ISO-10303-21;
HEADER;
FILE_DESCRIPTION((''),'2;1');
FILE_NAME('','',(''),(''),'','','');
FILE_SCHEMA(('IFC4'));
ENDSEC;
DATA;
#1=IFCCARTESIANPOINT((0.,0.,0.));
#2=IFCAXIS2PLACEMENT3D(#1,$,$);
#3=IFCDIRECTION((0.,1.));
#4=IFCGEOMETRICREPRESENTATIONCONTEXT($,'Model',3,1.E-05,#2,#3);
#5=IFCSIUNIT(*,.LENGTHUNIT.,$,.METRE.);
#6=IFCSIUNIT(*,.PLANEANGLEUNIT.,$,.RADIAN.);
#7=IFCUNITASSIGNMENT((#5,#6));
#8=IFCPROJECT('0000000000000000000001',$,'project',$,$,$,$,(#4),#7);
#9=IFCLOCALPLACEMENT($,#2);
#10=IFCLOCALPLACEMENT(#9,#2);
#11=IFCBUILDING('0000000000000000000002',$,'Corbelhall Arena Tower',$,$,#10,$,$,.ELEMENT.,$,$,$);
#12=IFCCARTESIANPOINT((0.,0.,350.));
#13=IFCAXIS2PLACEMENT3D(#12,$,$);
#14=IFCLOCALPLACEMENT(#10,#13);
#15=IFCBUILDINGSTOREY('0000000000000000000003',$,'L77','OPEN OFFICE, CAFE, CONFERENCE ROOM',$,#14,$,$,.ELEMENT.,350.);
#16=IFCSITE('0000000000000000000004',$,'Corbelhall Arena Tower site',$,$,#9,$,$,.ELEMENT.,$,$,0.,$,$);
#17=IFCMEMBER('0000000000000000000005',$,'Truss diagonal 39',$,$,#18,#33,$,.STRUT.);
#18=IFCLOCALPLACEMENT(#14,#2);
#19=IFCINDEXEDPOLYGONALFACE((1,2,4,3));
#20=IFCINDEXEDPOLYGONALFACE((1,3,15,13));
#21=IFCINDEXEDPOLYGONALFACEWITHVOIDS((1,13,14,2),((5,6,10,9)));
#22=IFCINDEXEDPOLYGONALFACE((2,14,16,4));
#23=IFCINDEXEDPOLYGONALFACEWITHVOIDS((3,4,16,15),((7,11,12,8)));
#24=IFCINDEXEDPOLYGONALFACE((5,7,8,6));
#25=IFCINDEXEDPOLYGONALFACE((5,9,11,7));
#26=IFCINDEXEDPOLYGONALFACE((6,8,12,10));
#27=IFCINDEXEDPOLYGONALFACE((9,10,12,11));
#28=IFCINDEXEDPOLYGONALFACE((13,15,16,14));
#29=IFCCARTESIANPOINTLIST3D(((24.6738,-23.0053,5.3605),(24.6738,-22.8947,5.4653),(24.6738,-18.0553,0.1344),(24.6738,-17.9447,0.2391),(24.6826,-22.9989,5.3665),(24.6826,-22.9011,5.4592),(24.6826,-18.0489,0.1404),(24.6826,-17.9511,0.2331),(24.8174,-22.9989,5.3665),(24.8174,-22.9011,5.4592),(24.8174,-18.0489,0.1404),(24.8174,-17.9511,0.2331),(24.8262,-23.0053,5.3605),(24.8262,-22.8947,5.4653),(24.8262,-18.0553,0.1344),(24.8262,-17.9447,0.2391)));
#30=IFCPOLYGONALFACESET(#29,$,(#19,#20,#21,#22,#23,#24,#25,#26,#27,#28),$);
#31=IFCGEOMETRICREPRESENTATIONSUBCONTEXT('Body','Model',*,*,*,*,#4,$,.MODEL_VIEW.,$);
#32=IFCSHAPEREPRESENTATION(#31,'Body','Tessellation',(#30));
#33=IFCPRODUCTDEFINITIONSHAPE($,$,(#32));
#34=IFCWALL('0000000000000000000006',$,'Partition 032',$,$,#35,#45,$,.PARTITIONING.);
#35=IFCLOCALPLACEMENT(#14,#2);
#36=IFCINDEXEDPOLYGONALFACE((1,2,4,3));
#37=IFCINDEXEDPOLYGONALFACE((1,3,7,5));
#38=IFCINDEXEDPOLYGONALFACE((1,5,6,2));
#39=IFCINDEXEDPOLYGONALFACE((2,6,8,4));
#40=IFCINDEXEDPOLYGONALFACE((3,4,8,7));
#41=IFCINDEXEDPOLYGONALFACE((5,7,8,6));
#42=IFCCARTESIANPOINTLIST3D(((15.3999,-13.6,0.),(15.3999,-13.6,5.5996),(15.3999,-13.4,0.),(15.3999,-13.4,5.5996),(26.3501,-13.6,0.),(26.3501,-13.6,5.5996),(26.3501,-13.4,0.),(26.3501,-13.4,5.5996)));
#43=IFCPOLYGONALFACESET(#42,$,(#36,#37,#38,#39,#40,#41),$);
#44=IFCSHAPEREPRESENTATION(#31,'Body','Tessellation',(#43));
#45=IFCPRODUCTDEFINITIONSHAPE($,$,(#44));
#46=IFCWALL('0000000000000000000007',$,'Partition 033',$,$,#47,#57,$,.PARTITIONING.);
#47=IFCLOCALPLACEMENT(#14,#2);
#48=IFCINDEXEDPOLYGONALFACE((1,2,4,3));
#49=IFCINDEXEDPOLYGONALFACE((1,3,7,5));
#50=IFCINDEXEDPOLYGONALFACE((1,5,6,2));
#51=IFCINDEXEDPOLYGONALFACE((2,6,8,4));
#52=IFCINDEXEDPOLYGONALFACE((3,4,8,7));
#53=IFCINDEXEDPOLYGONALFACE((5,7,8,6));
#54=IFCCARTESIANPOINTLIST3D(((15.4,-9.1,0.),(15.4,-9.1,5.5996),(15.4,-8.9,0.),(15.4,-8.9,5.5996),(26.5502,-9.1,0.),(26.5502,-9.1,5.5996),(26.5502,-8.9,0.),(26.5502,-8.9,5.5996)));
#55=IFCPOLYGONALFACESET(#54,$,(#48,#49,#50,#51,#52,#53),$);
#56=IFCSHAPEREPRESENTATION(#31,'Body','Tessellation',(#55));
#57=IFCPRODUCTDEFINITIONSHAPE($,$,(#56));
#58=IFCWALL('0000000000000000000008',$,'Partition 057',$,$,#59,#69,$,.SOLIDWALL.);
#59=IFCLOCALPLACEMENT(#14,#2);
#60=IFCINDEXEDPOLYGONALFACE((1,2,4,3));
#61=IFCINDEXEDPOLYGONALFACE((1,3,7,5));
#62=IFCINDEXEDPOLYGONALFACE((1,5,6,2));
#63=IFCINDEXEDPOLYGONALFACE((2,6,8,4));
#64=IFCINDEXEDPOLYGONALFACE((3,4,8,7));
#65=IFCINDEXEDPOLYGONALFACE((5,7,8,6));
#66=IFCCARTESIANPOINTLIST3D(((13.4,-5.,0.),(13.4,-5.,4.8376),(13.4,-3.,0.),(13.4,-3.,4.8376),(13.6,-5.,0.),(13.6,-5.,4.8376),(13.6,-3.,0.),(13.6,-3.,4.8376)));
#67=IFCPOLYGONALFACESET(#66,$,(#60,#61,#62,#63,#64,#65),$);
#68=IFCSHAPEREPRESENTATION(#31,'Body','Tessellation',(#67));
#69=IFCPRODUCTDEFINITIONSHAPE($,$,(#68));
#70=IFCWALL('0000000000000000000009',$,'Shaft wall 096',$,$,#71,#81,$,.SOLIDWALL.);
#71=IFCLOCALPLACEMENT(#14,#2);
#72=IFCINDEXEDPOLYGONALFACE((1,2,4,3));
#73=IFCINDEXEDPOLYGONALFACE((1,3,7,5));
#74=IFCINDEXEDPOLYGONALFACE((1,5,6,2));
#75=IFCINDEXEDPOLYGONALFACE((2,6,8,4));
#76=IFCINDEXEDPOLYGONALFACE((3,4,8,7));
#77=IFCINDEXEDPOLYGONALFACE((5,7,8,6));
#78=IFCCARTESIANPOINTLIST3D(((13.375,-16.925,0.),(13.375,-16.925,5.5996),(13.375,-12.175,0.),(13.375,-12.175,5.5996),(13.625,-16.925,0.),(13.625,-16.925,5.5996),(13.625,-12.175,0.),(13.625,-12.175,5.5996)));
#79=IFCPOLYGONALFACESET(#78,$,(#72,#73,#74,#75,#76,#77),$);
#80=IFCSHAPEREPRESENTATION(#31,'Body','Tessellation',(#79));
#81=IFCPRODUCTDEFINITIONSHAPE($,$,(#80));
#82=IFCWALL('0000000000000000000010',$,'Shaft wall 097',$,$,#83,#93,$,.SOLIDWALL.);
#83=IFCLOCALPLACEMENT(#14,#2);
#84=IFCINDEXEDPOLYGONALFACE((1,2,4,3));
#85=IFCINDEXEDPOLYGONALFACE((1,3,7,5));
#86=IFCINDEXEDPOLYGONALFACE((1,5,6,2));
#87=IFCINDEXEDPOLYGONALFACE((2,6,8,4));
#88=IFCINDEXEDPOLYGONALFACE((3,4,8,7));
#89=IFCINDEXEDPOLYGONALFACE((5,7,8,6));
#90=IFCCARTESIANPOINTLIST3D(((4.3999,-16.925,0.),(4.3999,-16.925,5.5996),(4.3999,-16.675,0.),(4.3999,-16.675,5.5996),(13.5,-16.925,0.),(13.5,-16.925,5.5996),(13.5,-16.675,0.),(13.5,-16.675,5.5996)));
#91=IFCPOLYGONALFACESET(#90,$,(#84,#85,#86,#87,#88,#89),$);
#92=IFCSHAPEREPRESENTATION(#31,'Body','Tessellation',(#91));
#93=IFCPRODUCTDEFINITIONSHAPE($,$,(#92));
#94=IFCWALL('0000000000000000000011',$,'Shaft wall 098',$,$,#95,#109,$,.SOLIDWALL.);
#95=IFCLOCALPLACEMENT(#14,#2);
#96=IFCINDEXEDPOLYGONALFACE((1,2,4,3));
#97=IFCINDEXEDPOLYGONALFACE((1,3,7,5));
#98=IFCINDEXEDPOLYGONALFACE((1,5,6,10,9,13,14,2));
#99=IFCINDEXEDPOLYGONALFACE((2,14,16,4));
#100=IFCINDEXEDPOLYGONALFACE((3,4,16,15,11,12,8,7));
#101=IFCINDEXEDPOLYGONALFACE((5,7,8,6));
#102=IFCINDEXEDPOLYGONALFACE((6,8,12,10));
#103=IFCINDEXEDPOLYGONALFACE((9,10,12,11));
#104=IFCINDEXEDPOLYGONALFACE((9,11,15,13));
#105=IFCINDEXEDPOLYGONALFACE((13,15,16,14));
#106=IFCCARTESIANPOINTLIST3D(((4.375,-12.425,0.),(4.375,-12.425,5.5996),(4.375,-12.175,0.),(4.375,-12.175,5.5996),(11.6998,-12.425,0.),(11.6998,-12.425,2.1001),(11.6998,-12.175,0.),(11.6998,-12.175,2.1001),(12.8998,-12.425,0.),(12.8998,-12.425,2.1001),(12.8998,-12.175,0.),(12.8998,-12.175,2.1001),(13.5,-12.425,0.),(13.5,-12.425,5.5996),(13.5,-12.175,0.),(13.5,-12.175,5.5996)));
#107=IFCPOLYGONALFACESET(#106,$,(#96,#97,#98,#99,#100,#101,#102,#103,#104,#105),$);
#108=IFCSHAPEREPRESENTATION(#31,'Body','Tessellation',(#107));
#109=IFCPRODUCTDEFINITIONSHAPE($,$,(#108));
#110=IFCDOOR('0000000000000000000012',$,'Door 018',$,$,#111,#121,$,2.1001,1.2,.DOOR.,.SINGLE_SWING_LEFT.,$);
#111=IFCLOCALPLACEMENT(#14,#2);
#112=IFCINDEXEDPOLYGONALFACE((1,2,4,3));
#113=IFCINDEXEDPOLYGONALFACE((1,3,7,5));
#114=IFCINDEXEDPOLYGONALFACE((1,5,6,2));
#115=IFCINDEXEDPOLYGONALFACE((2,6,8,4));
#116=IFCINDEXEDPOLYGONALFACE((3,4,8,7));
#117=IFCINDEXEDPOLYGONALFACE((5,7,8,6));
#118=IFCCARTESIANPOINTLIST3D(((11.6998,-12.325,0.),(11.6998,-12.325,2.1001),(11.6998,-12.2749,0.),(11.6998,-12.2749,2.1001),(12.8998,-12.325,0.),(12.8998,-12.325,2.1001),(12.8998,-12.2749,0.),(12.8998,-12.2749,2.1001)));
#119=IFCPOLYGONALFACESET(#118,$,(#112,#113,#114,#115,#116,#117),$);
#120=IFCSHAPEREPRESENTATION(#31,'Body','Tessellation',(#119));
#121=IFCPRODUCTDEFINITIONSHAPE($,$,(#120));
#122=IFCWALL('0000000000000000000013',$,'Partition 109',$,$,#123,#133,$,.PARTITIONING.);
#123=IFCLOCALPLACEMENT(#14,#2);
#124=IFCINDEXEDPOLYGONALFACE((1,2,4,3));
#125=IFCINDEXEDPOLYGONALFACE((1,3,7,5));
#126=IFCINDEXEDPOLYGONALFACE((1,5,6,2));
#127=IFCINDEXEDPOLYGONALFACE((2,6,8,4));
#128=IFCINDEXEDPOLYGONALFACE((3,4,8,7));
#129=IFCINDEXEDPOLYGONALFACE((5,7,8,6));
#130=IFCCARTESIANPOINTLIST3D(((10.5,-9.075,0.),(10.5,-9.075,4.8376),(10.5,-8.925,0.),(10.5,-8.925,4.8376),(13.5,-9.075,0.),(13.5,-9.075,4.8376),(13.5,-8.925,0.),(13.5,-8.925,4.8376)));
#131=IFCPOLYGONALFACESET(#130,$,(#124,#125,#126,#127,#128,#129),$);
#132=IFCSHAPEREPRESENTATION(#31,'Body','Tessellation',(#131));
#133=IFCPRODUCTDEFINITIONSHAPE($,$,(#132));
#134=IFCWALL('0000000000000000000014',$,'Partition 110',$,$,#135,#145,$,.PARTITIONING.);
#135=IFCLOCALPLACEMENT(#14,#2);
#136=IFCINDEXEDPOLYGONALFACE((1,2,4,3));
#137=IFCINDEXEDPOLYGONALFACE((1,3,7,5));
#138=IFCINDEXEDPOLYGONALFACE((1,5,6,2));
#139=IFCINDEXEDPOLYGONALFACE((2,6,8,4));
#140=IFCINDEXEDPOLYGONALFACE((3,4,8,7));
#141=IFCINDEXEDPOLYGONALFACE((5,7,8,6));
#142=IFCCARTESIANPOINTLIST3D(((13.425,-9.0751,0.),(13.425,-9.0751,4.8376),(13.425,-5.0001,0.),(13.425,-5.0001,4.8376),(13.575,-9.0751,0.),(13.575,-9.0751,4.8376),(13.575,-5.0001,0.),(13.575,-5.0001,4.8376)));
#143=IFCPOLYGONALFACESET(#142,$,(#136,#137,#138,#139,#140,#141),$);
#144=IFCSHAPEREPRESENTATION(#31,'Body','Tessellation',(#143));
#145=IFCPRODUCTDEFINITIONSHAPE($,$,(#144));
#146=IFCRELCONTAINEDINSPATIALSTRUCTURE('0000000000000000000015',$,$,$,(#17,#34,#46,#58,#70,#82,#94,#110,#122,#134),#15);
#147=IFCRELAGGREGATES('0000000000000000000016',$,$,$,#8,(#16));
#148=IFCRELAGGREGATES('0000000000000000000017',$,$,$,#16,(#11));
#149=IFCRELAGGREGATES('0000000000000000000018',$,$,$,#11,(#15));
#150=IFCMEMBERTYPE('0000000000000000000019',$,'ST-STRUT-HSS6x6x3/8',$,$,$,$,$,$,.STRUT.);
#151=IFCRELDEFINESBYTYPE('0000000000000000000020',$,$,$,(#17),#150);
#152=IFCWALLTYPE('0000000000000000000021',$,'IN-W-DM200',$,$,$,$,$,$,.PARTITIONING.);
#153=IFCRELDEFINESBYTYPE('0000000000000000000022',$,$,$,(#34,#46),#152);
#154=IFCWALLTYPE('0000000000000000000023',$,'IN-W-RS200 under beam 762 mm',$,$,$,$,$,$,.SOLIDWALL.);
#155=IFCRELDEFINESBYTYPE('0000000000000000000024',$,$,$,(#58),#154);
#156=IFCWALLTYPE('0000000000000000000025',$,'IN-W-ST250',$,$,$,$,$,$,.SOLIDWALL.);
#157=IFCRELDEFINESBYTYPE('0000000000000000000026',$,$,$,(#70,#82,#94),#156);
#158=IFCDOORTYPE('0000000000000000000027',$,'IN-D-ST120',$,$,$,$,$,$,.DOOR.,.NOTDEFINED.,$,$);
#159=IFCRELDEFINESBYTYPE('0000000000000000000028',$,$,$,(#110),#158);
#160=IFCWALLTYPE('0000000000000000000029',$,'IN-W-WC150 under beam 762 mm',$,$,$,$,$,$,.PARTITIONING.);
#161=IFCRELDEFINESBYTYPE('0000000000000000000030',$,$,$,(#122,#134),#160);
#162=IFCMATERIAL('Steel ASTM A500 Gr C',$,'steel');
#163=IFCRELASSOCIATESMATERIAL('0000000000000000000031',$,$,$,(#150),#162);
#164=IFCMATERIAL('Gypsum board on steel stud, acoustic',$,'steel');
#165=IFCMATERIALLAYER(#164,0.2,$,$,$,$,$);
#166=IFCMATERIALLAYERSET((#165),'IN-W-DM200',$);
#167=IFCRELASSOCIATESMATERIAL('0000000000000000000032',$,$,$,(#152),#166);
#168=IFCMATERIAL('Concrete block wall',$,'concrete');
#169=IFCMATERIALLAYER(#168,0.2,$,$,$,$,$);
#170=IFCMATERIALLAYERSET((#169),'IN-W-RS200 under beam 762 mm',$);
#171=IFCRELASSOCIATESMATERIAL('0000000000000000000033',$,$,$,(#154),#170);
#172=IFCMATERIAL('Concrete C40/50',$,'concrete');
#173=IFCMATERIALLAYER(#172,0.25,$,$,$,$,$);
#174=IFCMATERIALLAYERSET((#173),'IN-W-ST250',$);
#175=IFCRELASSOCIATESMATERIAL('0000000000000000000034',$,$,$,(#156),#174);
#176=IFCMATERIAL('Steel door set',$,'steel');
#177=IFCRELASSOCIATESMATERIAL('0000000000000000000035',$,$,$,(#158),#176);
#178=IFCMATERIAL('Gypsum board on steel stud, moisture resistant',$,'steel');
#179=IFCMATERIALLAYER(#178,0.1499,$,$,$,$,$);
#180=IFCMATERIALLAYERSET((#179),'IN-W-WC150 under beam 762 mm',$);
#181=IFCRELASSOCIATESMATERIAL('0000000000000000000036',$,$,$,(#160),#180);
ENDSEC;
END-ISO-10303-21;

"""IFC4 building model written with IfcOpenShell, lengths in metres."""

from ifc_helpers import new_model, si_unit, direction, frame, frame_2d, origin, origin_2d, place, context, subcontext, project, spatial, rectangle, hollow_rectangle, extrude, material, layer, layer_set, material_profile, profile_set, type_object, element, fill, save


model = new_model("IFC4")

# Units and contexts
model_context = context("Model", 3, precision=1e-05, world=origin(), true_north=direction((0.0, 1.0)))
body_context = subcontext(model_context, "Body", "Model", "MODEL_VIEW")
ifc_project = project(units=[si_unit("LENGTHUNIT", "METRE"), si_unit("PLANEANGLEUNIT", "RADIAN")], contexts=[model_context])

# Site, building, storey
site_placement = place(None, origin())
site = spatial("IfcSite", under=ifc_project, at=site_placement, Name="Corbelhall Arena Tower site", CompositionType="ELEMENT", RefElevation=0.0)
building_placement = place(site_placement, origin())
building = spatial("IfcBuilding", under=site, at=building_placement, Name="Corbelhall Arena Tower", CompositionType="ELEMENT")
storey_placement = place(building_placement, frame((0.0, 0.0, 350.0)))
storey = spatial("IfcBuildingStorey", under=building, at=storey_placement, Name="L77", Description="OPEN OFFICE, CAFE, CONFERENCE ROOM", CompositionType="ELEMENT", Elevation=350.0)

# Member
ifc_material_1 = material(Name="Steel ASTM A500 Gr C", Category="steel")
ifc_material_profile_1 = material_profile(ifc_material_1, hollow_rectangle(XDim=0.1523, YDim=0.1523, WallThickness=0.0088, at=origin_2d()))
ifc_profile_set_1 = profile_set([ifc_material_profile_1], Name="Steel ASTM A500 Gr C")
member_type_1 = type_object("IfcMemberType", Name="ST-STRUT-HSS6x6x3/8", PredefinedType="STRUT", material=ifc_profile_set_1)
member_placement = place(storey_placement, frame((24.75, -18.0, 0.1868), z_axis=(0.0, -0.687667, 0.726027), x_axis=(1.0, 0.0, 0.0)))
element("IfcMember", 1, at=member_placement, inside=storey, type_object=member_type_1, Name="Truss diagonal 39", PredefinedType="STRUT", context=body_context, shape_type="SweptSolid", body=[
    extrude(hollow_rectangle(XDim=0.1523, YDim=0.1523, WallThickness=0.0088, at=origin_2d()), origin(), (0.0, 0.0, 1.0), 7.1982),
])

# Walls
ifc_material_2 = material(Name="Gypsum board on steel stud, acoustic", Category="steel")
ifc_layer_1 = layer(ifc_material_2, 0.2)
ifc_layer_set_1 = layer_set([ifc_layer_1], Name="IN-W-DM200")
wall_type_1 = type_object("IfcWallType", Name="IN-W-DM200", PredefinedType="PARTITIONING", material=ifc_layer_set_1)
wall_1_placement = place(storey_placement, frame((15.3999, -13.5, 0.0), z_axis=(0.0, 0.0, 1.0), x_axis=(1.0, 0.0, 0.0)))
element("IfcWall", 2, at=wall_1_placement, inside=storey, type_object=wall_type_1, Name="Partition 032", PredefinedType="PARTITIONING", context=body_context, shape_type="SweptSolid", body=[
    extrude(rectangle(XDim=10.9502, YDim=0.2, at=frame_2d((5.4751, 0.0))), origin(), (0.0, 0.0, 1.0), 5.5996),
])
wall_2_placement = place(storey_placement, frame((15.3999, -9.0, 0.0), z_axis=(0.0, 0.0, 1.0), x_axis=(1.0, 0.0, 0.0)))
element("IfcWall", 3, at=wall_2_placement, inside=storey, type_object=wall_type_1, Name="Partition 033", PredefinedType="PARTITIONING", context=body_context, shape_type="SweptSolid", body=[
    extrude(rectangle(XDim=11.1501, YDim=0.2, at=frame_2d((5.5752, 0.0))), origin(), (0.0, 0.0, 1.0), 5.5996),
])

# Shared definitions
ifc_material_3 = material(Name="Steel door set", Category="steel")

# Walls
ifc_material_4 = material(Name="Concrete block wall", Category="concrete")
ifc_layer_2 = layer(ifc_material_4, 0.2)
ifc_layer_set_2 = layer_set([ifc_layer_2], Name="IN-W-RS200 under beam 762 mm")
wall_type_2 = type_object("IfcWallType", Name="IN-W-RS200 under beam 762 mm", PredefinedType="SOLIDWALL", material=ifc_layer_set_2)
wall_3_placement = place(storey_placement, frame((13.5, -3.0, 0.0), z_axis=(0.0, 0.0, 1.0), x_axis=(0.0, -1.0, 0.0)))
element("IfcWall", 4, at=wall_3_placement, inside=storey, type_object=wall_type_2, Name="Partition 057", PredefinedType="SOLIDWALL", context=body_context, shape_type="SweptSolid", body=[
    extrude(rectangle(XDim=2.0, YDim=0.2, at=frame_2d((1.0, 0.0))), origin(), (0.0, 0.0, 1.0), 4.8376),
])
ifc_material_5 = material(Name="Concrete C40/50", Category="concrete")
ifc_layer_3 = layer(ifc_material_5, 0.25)
ifc_layer_set_3 = layer_set([ifc_layer_3], Name="IN-W-ST250")
wall_type_3 = type_object("IfcWallType", Name="IN-W-ST250", PredefinedType="SOLIDWALL", material=ifc_layer_set_3)
wall_4_placement = place(storey_placement, frame((13.5, -16.925, 0.0), z_axis=(0.0, 0.0, 1.0), x_axis=(0.0, 1.0, 0.0)))
element("IfcWall", 5, at=wall_4_placement, inside=storey, type_object=wall_type_3, Name="Shaft wall 096", PredefinedType="SOLIDWALL", context=body_context, shape_type="SweptSolid", body=[
    extrude(rectangle(XDim=4.75, YDim=0.25, at=frame_2d((2.375, 0.0))), origin(), (0.0, 0.0, 1.0), 5.5996),
])
wall_5_placement = place(storey_placement, frame((13.5, -16.8, 0.0), z_axis=(0.0, 0.0, 1.0), x_axis=(-1.0, 0.0, 0.0)))
element("IfcWall", 6, at=wall_5_placement, inside=storey, type_object=wall_type_3, Name="Shaft wall 097", PredefinedType="SOLIDWALL", context=body_context, shape_type="SweptSolid", body=[
    extrude(rectangle(XDim=9.1001, YDim=0.25, at=frame_2d((4.55, 0.0))), origin(), (0.0, 0.0, 1.0), 5.5996),
])

# Wall, opening, door
wall_6_placement = place(storey_placement, frame((13.5, -12.3, 0.0), z_axis=(0.0, 0.0, 1.0), x_axis=(-1.0, 0.0, 0.0)))
wall_6 = element("IfcWall", 7, at=wall_6_placement, inside=storey, type_object=wall_type_3, Name="Shaft wall 098", PredefinedType="SOLIDWALL", context=body_context, shape_type="SweptSolid", body=[
    extrude(rectangle(XDim=9.125, YDim=0.25, at=frame_2d((4.5625, 0.0))), origin(), (0.0, 0.0, 1.0), 5.5996),
])
opening_1_placement = place(wall_6_placement, frame((0.6001, 0.0, 0.0)))
opening_1 = element("IfcOpeningElement", 8, at=opening_1_placement, cuts=wall_6, PredefinedType="OPENING", context=body_context, shape_type="SweptSolid", body=[
    extrude(rectangle(XDim=1.2, YDim=2.1001, at=frame_2d((0.6001, 1.05))), frame((0.0, 0.125, 0.0), z_axis=(0.0, -1.0, 0.0), x_axis=(1.0, 0.0, 0.0)), (0.0, 0.0, 1.0), 0.25),
])
door_type_1 = type_object("IfcDoorType", Name="IN-D-ST120", OperationType="NOTDEFINED", PredefinedType="DOOR", material=ifc_material_3)
door_1_placement = place(opening_1_placement, origin())
door_1 = element("IfcDoor", 9, at=door_1_placement, inside=storey, type_object=door_type_1, Name="Door 018", OperationType="SINGLE_SWING_LEFT", OverallHeight=2.1001, OverallWidth=1.2, PredefinedType="DOOR", context=body_context, shape_type="SweptSolid", body=[
    extrude(rectangle(XDim=1.2, YDim=2.1001, at=frame_2d((0.6001, 1.05))), frame((0.0, 0.0249, 0.0), z_axis=(0.0, -1.0, 0.0), x_axis=(1.0, 0.0, 0.0)), (0.0, 0.0, 1.0), 0.05),
])
fill(opening_1, door_1)

# Walls
ifc_material_6 = material(Name="Gypsum board on steel stud, moisture resistant", Category="steel")
ifc_layer_4 = layer(ifc_material_6, 0.1499)
ifc_layer_set_4 = layer_set([ifc_layer_4], Name="IN-W-WC150 under beam 762 mm")
wall_type_4 = type_object("IfcWallType", Name="IN-W-WC150 under beam 762 mm", PredefinedType="PARTITIONING", material=ifc_layer_set_4)
wall_7_placement = place(storey_placement, frame((13.5, -9.0, 0.0), z_axis=(0.0, 0.0, 1.0), x_axis=(-1.0, 0.0, 0.0)))
element("IfcWall", 10, at=wall_7_placement, inside=storey, type_object=wall_type_4, Name="Partition 109", PredefinedType="PARTITIONING", context=body_context, shape_type="SweptSolid", body=[
    extrude(rectangle(XDim=3.0, YDim=0.1499, at=frame_2d((1.5, 0.0))), origin(), (0.0, 0.0, 1.0), 4.8376),
])
wall_8_placement = place(storey_placement, frame((13.5, -5.0, 0.0), z_axis=(0.0, 0.0, 1.0), x_axis=(0.0, -1.0, 0.0)))
element("IfcWall", 11, at=wall_8_placement, inside=storey, type_object=wall_type_4, Name="Partition 110", PredefinedType="PARTITIONING", context=body_context, shape_type="SweptSolid", body=[
    extrude(rectangle(XDim=4.075, YDim=0.1499, at=frame_2d((2.0376, 0.0))), origin(), (0.0, 0.0, 1.0), 4.8376),
])

save(model, "model.ifc")
